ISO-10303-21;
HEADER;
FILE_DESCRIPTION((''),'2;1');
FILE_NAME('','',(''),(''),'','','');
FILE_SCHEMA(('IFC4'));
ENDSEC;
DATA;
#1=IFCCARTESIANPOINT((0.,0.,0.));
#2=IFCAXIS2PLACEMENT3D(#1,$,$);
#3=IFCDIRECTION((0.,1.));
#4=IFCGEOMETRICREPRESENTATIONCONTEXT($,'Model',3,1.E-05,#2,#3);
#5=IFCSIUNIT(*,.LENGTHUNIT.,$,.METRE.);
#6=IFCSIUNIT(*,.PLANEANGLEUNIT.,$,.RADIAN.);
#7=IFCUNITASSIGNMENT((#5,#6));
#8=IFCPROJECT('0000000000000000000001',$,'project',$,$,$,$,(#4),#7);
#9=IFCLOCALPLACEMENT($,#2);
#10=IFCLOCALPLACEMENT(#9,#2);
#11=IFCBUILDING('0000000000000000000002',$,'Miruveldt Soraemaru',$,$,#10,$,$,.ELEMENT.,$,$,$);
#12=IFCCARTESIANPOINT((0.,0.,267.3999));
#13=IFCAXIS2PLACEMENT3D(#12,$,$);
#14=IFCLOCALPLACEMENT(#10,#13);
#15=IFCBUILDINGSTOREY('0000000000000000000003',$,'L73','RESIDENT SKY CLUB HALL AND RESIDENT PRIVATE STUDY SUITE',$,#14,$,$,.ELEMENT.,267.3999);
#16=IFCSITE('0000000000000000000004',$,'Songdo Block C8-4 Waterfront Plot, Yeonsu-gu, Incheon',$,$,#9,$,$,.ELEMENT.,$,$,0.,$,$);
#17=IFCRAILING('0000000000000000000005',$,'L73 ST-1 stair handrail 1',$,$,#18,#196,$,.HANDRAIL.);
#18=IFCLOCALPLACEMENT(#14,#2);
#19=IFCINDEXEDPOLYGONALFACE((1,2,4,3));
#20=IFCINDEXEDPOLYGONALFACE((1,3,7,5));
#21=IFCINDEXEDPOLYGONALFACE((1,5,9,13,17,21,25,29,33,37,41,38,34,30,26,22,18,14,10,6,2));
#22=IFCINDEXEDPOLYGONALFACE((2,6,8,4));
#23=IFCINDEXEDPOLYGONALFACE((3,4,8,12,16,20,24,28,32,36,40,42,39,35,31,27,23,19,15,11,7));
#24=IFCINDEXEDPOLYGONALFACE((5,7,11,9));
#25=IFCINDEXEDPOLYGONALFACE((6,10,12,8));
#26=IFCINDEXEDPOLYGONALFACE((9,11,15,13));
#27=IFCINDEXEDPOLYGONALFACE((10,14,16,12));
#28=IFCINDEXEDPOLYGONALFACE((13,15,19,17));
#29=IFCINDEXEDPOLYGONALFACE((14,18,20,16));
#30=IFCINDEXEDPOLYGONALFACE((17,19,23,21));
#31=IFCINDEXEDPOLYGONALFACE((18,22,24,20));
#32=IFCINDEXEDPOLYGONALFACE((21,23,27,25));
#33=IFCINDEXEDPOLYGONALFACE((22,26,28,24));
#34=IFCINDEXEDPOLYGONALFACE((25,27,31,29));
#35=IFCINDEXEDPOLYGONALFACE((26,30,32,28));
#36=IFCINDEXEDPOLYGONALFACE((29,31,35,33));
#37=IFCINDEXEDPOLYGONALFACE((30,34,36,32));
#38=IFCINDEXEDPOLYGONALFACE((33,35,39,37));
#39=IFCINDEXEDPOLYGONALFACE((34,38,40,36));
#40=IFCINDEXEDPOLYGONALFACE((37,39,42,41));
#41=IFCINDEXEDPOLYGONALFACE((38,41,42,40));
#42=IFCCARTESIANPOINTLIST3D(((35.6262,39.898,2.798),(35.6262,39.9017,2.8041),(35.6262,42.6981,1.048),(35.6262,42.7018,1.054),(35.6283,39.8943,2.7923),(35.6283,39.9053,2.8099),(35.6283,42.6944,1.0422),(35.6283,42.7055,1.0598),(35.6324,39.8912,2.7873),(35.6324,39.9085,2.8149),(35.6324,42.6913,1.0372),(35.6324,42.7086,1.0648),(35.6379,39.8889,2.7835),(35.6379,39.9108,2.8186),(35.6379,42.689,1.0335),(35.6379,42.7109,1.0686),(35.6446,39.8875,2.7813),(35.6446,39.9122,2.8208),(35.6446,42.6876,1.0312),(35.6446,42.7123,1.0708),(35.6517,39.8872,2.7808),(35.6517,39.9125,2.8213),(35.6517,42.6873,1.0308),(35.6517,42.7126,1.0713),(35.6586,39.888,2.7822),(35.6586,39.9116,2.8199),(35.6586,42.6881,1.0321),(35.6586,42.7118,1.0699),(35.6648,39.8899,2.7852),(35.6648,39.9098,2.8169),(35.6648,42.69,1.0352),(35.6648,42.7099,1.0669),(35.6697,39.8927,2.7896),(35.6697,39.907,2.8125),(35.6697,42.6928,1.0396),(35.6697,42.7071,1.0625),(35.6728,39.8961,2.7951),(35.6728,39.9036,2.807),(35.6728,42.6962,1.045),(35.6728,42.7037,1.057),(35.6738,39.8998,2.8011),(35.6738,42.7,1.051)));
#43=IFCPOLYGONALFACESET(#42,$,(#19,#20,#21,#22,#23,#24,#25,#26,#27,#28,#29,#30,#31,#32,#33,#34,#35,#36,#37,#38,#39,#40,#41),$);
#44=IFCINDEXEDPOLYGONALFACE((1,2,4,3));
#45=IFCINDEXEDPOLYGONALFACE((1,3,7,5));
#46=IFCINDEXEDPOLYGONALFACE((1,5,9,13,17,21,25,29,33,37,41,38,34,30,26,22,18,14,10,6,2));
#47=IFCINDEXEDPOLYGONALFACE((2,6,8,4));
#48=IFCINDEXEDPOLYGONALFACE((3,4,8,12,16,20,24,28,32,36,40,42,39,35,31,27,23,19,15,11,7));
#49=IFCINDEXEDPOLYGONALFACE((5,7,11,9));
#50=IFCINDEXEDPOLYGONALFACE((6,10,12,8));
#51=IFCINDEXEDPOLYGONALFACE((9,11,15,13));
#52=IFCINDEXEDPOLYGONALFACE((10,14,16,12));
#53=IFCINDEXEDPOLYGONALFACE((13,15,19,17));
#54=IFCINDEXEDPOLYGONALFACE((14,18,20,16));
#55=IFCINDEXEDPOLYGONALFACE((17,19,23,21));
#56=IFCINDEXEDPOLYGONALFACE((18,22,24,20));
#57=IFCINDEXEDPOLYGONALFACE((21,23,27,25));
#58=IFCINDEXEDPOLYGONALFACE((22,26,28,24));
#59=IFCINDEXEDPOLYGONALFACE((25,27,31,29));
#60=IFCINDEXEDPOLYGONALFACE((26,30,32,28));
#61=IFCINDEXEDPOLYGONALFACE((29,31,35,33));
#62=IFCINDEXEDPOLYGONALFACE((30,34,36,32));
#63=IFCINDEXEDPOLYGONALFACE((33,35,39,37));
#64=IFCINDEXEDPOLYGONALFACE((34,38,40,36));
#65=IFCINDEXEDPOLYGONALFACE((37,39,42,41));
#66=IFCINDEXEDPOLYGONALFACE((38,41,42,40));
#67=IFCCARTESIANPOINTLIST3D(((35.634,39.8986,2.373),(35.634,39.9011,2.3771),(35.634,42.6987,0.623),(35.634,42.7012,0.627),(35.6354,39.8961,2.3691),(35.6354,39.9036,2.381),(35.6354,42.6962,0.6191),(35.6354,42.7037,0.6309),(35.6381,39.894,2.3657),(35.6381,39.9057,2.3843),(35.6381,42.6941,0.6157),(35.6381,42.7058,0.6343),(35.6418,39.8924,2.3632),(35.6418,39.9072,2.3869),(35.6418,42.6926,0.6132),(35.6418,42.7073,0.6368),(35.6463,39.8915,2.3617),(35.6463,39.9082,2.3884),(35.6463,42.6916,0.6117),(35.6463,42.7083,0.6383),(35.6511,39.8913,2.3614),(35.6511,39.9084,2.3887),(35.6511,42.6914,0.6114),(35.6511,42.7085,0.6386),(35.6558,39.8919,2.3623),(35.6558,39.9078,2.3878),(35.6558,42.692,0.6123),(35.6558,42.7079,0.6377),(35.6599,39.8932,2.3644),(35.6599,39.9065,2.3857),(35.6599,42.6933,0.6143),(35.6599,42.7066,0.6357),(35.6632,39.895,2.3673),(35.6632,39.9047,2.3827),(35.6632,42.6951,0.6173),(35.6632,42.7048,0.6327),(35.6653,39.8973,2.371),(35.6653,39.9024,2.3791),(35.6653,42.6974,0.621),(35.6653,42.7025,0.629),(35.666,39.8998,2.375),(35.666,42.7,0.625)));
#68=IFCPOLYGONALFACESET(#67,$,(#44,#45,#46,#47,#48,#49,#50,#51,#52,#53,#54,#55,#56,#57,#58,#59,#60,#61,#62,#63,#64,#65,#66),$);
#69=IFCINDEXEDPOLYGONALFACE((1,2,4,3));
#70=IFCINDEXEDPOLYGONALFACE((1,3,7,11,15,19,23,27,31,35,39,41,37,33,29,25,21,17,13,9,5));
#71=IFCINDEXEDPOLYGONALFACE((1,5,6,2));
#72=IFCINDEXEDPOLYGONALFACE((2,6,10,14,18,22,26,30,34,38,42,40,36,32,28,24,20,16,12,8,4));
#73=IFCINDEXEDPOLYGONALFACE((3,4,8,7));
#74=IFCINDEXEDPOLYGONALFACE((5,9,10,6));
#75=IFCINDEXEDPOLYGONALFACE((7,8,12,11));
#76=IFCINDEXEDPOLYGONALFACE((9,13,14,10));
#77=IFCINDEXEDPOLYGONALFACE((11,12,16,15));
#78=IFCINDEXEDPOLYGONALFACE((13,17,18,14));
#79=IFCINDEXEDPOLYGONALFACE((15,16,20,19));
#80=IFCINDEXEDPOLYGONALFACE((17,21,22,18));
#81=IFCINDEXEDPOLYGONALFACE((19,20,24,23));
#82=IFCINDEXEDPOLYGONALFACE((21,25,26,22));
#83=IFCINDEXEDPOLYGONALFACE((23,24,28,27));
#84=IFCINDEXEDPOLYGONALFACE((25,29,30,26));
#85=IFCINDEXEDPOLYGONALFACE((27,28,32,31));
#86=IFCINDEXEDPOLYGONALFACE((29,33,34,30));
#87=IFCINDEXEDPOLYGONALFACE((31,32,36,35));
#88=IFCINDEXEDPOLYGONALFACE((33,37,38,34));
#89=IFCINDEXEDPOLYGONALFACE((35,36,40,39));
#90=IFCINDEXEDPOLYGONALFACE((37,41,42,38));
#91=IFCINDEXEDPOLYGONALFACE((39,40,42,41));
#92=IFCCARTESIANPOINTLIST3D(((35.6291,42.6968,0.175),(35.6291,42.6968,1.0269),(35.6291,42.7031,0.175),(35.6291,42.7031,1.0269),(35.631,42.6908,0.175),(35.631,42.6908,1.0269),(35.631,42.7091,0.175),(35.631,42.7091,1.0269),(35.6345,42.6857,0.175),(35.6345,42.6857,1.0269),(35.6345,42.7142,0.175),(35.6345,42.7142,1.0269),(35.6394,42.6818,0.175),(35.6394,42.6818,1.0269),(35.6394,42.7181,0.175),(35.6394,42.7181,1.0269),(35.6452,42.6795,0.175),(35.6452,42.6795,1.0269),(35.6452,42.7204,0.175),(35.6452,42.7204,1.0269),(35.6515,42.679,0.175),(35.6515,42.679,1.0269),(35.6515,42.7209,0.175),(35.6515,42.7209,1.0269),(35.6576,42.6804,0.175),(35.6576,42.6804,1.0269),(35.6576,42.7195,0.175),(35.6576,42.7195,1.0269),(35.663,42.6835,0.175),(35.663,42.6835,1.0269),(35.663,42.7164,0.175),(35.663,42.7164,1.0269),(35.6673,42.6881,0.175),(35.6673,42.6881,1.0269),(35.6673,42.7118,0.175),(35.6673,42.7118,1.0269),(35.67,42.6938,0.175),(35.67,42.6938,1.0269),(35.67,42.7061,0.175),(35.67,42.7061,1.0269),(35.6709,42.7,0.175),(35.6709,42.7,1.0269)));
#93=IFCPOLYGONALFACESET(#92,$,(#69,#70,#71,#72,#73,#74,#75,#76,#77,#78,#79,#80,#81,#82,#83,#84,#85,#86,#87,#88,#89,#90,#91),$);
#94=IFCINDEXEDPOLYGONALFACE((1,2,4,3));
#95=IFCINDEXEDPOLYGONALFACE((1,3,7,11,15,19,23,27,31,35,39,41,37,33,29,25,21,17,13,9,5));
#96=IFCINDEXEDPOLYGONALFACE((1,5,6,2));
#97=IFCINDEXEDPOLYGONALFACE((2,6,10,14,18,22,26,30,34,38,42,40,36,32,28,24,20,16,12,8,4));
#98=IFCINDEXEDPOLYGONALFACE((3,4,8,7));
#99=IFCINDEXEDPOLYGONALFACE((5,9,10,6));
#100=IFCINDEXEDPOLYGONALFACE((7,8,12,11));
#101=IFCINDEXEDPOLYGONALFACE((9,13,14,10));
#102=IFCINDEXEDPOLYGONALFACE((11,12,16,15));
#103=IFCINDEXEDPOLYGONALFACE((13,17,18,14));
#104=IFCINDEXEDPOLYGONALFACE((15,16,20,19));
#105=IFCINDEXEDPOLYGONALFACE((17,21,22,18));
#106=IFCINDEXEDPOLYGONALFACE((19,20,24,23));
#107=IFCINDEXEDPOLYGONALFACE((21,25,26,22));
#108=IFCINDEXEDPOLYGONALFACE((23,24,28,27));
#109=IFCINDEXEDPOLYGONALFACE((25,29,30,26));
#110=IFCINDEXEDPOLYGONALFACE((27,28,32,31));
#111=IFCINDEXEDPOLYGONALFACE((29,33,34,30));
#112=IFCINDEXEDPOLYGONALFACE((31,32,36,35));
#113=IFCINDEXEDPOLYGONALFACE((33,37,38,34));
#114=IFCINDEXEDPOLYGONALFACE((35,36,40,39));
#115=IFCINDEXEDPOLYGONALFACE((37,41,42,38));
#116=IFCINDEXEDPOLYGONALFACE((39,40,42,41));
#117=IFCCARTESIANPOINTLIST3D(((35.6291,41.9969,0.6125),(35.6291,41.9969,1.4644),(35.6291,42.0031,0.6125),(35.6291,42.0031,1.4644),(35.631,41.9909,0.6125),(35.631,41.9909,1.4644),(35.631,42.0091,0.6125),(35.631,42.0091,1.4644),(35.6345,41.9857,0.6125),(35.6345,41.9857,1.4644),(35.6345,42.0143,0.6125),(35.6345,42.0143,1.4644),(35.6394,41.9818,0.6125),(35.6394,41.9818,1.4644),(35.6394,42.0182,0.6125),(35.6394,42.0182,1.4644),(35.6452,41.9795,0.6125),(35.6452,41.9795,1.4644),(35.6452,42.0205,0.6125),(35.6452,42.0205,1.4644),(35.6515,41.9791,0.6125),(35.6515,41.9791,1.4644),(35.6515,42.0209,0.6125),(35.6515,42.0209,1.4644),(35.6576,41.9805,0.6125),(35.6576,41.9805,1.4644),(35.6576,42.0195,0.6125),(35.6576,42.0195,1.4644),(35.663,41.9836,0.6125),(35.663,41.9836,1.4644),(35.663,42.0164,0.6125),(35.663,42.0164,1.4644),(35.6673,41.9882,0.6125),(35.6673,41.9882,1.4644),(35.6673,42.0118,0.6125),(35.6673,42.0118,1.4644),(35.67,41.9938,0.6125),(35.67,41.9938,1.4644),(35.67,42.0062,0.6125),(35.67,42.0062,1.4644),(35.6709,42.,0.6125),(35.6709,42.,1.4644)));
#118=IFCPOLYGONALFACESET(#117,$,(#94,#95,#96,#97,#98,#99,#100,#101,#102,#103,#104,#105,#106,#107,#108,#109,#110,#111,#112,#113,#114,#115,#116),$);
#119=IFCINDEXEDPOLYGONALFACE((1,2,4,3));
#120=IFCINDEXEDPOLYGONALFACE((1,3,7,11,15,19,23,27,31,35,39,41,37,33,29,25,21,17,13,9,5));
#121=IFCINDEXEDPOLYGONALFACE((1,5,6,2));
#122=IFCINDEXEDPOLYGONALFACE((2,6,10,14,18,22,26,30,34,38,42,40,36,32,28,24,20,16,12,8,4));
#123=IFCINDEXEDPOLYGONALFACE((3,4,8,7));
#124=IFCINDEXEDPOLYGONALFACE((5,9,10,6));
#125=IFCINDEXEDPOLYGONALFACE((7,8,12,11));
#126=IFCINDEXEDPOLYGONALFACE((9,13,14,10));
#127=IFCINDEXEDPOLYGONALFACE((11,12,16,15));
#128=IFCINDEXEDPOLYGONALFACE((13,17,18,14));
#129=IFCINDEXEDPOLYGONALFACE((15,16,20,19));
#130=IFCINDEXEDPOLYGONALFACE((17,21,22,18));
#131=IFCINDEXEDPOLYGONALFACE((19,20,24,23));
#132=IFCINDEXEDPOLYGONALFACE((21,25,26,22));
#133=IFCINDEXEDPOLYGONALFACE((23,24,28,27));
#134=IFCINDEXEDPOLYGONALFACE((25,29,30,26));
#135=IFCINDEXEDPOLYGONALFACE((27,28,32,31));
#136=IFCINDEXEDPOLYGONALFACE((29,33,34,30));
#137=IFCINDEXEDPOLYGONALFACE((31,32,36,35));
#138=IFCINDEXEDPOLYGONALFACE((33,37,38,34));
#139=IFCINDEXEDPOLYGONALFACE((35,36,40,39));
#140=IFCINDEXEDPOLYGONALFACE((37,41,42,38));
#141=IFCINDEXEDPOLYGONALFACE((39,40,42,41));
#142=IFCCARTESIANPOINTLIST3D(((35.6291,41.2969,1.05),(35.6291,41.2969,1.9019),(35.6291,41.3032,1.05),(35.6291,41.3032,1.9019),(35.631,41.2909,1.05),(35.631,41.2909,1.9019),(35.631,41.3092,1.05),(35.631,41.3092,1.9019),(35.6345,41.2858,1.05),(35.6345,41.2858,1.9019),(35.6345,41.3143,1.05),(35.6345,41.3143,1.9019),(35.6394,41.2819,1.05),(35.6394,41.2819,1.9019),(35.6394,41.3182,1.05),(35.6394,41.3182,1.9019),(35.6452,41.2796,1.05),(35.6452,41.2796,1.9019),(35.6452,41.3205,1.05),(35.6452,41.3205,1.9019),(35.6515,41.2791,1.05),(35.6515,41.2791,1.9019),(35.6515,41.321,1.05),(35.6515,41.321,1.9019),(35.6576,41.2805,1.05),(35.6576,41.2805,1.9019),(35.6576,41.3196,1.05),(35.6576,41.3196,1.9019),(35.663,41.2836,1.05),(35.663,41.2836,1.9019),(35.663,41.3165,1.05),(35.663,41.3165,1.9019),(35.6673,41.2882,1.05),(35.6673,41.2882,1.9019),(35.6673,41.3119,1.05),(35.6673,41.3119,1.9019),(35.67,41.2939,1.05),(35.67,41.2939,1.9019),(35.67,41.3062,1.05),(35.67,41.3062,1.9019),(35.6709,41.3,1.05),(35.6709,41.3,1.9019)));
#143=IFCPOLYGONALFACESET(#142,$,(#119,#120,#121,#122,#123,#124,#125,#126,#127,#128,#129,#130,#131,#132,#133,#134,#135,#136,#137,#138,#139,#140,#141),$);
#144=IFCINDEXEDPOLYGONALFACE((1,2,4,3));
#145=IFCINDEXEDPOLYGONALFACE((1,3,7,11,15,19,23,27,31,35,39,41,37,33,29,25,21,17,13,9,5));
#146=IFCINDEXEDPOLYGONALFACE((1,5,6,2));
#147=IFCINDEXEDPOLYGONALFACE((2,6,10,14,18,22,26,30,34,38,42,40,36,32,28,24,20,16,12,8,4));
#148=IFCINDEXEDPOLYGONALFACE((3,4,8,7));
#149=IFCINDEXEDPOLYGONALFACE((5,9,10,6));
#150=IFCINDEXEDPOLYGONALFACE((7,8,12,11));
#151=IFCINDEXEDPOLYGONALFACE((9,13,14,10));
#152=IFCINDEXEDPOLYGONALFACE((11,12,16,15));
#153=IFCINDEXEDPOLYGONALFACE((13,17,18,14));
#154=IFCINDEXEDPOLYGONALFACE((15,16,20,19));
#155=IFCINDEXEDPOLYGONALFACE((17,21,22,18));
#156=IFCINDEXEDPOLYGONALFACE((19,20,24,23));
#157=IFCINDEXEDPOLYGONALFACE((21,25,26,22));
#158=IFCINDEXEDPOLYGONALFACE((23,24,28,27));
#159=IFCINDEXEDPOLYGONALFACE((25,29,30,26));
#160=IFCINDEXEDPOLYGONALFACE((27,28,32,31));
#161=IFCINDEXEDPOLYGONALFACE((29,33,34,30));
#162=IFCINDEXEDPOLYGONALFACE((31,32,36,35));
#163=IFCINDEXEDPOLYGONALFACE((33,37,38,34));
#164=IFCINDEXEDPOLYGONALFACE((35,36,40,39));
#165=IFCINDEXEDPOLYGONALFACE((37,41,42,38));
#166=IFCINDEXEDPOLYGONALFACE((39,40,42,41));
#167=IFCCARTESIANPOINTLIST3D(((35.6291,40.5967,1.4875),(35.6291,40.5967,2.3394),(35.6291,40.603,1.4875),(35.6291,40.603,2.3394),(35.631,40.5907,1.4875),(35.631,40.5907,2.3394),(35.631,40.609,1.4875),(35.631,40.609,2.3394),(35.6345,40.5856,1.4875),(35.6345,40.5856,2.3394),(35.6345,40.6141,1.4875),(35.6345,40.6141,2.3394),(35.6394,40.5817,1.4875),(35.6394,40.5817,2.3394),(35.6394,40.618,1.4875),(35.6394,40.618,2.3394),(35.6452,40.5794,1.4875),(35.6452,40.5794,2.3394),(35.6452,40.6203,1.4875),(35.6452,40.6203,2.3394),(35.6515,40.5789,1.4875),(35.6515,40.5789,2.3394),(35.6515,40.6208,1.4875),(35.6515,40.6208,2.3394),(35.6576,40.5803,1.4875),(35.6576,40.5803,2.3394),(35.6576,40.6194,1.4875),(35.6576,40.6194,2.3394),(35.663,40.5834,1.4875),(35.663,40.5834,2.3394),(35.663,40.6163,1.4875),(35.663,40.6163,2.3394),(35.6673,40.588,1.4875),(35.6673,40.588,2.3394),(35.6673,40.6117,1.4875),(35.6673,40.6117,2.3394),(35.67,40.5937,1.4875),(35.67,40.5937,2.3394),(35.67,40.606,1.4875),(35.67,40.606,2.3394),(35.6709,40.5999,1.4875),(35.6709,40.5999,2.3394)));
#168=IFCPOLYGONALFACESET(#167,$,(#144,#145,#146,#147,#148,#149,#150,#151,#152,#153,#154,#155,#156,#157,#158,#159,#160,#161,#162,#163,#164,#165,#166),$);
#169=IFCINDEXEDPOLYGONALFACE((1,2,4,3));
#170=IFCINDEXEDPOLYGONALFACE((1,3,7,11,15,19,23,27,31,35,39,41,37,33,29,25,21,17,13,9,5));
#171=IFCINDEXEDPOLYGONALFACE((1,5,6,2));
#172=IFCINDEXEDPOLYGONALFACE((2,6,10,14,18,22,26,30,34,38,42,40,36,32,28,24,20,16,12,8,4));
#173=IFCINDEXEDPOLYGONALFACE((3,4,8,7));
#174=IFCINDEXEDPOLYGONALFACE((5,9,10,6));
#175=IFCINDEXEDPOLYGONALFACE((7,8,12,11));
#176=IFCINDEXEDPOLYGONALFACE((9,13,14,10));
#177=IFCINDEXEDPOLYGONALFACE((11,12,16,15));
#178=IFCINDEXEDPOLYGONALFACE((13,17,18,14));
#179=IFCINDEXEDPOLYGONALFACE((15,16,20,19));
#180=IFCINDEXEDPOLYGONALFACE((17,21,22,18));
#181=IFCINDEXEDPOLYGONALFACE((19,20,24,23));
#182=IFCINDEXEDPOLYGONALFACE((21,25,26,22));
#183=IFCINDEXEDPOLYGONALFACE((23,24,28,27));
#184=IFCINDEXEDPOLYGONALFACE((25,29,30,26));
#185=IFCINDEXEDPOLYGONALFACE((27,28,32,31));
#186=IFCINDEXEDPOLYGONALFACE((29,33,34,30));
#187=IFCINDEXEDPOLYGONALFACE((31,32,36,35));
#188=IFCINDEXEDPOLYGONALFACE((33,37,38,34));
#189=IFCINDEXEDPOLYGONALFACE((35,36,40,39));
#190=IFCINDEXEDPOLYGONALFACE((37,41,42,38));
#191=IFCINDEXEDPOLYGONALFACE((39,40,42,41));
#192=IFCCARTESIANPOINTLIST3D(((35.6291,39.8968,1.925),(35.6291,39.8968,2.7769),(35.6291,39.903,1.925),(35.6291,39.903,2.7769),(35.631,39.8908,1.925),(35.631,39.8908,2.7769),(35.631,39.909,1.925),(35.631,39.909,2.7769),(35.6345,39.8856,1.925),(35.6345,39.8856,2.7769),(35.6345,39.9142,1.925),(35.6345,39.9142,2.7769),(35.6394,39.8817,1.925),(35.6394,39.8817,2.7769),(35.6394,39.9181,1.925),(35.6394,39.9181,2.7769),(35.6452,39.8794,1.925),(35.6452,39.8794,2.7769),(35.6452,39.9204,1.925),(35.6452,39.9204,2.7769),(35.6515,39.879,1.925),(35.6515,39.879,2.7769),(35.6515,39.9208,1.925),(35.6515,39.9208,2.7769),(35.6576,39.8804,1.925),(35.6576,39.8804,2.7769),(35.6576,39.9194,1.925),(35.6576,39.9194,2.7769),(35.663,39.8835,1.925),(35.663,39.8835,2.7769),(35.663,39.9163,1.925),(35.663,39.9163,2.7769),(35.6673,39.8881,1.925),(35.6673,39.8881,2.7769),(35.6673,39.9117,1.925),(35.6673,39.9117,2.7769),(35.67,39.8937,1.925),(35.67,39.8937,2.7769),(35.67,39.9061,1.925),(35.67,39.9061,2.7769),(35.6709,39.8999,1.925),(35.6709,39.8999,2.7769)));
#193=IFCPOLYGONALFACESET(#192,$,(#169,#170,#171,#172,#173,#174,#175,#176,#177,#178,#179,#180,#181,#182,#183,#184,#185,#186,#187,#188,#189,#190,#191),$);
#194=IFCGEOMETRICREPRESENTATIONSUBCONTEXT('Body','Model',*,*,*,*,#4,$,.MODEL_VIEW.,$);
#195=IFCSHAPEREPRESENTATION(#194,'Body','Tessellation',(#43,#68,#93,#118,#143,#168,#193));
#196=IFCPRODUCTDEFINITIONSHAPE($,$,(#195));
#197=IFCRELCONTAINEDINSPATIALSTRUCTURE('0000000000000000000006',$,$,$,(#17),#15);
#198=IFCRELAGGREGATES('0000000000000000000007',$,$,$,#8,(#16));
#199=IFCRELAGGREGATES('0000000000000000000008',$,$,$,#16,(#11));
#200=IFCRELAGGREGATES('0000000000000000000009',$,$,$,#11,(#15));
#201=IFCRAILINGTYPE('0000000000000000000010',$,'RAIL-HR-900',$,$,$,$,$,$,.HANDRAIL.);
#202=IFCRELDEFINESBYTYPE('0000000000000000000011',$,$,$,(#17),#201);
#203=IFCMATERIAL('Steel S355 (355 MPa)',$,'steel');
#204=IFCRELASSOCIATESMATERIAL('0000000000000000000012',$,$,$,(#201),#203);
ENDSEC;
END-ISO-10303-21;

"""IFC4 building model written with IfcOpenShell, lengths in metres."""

from ifc_helpers import new_model, si_unit, direction, frame, origin, origin_2d, place, context, subcontext, project, spatial, circle, extrude, material, type_object, element, save


model = new_model("IFC4")

# Units and contexts
model_context = context("Model", 3, precision=1e-05, world=origin(), true_north=direction((0.0, 1.0)))
body_context = subcontext(model_context, "Body", "Model", "MODEL_VIEW")
ifc_project = project(units=[si_unit("LENGTHUNIT", "METRE"), si_unit("PLANEANGLEUNIT", "RADIAN")], contexts=[model_context])

# Site, building, storey
site_placement = place(None, origin())
site = spatial("IfcSite", under=ifc_project, at=site_placement, Name="Songdo Block C8-4 Waterfront Plot, Yeonsu-gu, Incheon", CompositionType="ELEMENT", RefElevation=0.0)
building_placement = place(site_placement, origin())
building = spatial("IfcBuilding", under=site, at=building_placement, Name="Miruveldt Soraemaru", CompositionType="ELEMENT")
storey_placement = place(building_placement, frame((0.0, 0.0, 267.3999)))
storey = spatial("IfcBuildingStorey", under=building, at=storey_placement, Name="L73", Description="RESIDENT SKY CLUB HALL AND RESIDENT PRIVATE STUDY SUITE", CompositionType="ELEMENT", Elevation=267.3999)

# Railing
ifc_material_1 = material(Name="Steel S355 (355 MPa)", Category="steel")
railing_type_1 = type_object("IfcRailingType", Name="RAIL-HR-900", PredefinedType="HANDRAIL", material=ifc_material_1)
railing_1_placement = place(storey_placement, frame((35.6499, 42.7, 0.175)))
element("IfcRailing", 1, at=railing_1_placement, inside=storey, type_object=railing_type_1, Name="L73 ST-1 stair handrail 1", PredefinedType="HANDRAIL", context=body_context, shape_type="SweptSolid", body=[
    extrude(circle(Radius=0.0239, at=origin_2d()), frame((0.0, 0.0, 0.876), z_axis=(0.0, -0.848002, 0.529992), x_axis=(1.0, 0.0, 0.0)), (0.0, 0.0, 1.0), 3.302),
    extrude(circle(Radius=0.0161, at=origin_2d()), frame((0.0, 0.0, 0.45), z_axis=(0.0, -0.848002, 0.529992), x_axis=(1.0, 0.0, 0.0)), (0.0, 0.0, 1.0), 3.302),
    extrude(circle(Radius=0.021, at=origin_2d()), origin(), (0.0, 0.0, 1.0), 0.8518),
    extrude(circle(Radius=0.021, at=origin_2d()), frame((0.0, -0.7, 0.4375)), (0.0, 0.0, 1.0), 0.8518),
    extrude(circle(Radius=0.021, at=origin_2d()), frame((0.0, -1.3999, 0.875)), (0.0, 0.0, 1.0), 0.8518),
    extrude(circle(Radius=0.021, at=origin_2d()), frame((0.0, -2.1001, 1.3125)), (0.0, 0.0, 1.0), 0.8518),
    extrude(circle(Radius=0.021, at=origin_2d()), frame((0.0, -2.8, 1.75)), (0.0, 0.0, 1.0), 0.8518),
])

save(model, "model.ifc")
